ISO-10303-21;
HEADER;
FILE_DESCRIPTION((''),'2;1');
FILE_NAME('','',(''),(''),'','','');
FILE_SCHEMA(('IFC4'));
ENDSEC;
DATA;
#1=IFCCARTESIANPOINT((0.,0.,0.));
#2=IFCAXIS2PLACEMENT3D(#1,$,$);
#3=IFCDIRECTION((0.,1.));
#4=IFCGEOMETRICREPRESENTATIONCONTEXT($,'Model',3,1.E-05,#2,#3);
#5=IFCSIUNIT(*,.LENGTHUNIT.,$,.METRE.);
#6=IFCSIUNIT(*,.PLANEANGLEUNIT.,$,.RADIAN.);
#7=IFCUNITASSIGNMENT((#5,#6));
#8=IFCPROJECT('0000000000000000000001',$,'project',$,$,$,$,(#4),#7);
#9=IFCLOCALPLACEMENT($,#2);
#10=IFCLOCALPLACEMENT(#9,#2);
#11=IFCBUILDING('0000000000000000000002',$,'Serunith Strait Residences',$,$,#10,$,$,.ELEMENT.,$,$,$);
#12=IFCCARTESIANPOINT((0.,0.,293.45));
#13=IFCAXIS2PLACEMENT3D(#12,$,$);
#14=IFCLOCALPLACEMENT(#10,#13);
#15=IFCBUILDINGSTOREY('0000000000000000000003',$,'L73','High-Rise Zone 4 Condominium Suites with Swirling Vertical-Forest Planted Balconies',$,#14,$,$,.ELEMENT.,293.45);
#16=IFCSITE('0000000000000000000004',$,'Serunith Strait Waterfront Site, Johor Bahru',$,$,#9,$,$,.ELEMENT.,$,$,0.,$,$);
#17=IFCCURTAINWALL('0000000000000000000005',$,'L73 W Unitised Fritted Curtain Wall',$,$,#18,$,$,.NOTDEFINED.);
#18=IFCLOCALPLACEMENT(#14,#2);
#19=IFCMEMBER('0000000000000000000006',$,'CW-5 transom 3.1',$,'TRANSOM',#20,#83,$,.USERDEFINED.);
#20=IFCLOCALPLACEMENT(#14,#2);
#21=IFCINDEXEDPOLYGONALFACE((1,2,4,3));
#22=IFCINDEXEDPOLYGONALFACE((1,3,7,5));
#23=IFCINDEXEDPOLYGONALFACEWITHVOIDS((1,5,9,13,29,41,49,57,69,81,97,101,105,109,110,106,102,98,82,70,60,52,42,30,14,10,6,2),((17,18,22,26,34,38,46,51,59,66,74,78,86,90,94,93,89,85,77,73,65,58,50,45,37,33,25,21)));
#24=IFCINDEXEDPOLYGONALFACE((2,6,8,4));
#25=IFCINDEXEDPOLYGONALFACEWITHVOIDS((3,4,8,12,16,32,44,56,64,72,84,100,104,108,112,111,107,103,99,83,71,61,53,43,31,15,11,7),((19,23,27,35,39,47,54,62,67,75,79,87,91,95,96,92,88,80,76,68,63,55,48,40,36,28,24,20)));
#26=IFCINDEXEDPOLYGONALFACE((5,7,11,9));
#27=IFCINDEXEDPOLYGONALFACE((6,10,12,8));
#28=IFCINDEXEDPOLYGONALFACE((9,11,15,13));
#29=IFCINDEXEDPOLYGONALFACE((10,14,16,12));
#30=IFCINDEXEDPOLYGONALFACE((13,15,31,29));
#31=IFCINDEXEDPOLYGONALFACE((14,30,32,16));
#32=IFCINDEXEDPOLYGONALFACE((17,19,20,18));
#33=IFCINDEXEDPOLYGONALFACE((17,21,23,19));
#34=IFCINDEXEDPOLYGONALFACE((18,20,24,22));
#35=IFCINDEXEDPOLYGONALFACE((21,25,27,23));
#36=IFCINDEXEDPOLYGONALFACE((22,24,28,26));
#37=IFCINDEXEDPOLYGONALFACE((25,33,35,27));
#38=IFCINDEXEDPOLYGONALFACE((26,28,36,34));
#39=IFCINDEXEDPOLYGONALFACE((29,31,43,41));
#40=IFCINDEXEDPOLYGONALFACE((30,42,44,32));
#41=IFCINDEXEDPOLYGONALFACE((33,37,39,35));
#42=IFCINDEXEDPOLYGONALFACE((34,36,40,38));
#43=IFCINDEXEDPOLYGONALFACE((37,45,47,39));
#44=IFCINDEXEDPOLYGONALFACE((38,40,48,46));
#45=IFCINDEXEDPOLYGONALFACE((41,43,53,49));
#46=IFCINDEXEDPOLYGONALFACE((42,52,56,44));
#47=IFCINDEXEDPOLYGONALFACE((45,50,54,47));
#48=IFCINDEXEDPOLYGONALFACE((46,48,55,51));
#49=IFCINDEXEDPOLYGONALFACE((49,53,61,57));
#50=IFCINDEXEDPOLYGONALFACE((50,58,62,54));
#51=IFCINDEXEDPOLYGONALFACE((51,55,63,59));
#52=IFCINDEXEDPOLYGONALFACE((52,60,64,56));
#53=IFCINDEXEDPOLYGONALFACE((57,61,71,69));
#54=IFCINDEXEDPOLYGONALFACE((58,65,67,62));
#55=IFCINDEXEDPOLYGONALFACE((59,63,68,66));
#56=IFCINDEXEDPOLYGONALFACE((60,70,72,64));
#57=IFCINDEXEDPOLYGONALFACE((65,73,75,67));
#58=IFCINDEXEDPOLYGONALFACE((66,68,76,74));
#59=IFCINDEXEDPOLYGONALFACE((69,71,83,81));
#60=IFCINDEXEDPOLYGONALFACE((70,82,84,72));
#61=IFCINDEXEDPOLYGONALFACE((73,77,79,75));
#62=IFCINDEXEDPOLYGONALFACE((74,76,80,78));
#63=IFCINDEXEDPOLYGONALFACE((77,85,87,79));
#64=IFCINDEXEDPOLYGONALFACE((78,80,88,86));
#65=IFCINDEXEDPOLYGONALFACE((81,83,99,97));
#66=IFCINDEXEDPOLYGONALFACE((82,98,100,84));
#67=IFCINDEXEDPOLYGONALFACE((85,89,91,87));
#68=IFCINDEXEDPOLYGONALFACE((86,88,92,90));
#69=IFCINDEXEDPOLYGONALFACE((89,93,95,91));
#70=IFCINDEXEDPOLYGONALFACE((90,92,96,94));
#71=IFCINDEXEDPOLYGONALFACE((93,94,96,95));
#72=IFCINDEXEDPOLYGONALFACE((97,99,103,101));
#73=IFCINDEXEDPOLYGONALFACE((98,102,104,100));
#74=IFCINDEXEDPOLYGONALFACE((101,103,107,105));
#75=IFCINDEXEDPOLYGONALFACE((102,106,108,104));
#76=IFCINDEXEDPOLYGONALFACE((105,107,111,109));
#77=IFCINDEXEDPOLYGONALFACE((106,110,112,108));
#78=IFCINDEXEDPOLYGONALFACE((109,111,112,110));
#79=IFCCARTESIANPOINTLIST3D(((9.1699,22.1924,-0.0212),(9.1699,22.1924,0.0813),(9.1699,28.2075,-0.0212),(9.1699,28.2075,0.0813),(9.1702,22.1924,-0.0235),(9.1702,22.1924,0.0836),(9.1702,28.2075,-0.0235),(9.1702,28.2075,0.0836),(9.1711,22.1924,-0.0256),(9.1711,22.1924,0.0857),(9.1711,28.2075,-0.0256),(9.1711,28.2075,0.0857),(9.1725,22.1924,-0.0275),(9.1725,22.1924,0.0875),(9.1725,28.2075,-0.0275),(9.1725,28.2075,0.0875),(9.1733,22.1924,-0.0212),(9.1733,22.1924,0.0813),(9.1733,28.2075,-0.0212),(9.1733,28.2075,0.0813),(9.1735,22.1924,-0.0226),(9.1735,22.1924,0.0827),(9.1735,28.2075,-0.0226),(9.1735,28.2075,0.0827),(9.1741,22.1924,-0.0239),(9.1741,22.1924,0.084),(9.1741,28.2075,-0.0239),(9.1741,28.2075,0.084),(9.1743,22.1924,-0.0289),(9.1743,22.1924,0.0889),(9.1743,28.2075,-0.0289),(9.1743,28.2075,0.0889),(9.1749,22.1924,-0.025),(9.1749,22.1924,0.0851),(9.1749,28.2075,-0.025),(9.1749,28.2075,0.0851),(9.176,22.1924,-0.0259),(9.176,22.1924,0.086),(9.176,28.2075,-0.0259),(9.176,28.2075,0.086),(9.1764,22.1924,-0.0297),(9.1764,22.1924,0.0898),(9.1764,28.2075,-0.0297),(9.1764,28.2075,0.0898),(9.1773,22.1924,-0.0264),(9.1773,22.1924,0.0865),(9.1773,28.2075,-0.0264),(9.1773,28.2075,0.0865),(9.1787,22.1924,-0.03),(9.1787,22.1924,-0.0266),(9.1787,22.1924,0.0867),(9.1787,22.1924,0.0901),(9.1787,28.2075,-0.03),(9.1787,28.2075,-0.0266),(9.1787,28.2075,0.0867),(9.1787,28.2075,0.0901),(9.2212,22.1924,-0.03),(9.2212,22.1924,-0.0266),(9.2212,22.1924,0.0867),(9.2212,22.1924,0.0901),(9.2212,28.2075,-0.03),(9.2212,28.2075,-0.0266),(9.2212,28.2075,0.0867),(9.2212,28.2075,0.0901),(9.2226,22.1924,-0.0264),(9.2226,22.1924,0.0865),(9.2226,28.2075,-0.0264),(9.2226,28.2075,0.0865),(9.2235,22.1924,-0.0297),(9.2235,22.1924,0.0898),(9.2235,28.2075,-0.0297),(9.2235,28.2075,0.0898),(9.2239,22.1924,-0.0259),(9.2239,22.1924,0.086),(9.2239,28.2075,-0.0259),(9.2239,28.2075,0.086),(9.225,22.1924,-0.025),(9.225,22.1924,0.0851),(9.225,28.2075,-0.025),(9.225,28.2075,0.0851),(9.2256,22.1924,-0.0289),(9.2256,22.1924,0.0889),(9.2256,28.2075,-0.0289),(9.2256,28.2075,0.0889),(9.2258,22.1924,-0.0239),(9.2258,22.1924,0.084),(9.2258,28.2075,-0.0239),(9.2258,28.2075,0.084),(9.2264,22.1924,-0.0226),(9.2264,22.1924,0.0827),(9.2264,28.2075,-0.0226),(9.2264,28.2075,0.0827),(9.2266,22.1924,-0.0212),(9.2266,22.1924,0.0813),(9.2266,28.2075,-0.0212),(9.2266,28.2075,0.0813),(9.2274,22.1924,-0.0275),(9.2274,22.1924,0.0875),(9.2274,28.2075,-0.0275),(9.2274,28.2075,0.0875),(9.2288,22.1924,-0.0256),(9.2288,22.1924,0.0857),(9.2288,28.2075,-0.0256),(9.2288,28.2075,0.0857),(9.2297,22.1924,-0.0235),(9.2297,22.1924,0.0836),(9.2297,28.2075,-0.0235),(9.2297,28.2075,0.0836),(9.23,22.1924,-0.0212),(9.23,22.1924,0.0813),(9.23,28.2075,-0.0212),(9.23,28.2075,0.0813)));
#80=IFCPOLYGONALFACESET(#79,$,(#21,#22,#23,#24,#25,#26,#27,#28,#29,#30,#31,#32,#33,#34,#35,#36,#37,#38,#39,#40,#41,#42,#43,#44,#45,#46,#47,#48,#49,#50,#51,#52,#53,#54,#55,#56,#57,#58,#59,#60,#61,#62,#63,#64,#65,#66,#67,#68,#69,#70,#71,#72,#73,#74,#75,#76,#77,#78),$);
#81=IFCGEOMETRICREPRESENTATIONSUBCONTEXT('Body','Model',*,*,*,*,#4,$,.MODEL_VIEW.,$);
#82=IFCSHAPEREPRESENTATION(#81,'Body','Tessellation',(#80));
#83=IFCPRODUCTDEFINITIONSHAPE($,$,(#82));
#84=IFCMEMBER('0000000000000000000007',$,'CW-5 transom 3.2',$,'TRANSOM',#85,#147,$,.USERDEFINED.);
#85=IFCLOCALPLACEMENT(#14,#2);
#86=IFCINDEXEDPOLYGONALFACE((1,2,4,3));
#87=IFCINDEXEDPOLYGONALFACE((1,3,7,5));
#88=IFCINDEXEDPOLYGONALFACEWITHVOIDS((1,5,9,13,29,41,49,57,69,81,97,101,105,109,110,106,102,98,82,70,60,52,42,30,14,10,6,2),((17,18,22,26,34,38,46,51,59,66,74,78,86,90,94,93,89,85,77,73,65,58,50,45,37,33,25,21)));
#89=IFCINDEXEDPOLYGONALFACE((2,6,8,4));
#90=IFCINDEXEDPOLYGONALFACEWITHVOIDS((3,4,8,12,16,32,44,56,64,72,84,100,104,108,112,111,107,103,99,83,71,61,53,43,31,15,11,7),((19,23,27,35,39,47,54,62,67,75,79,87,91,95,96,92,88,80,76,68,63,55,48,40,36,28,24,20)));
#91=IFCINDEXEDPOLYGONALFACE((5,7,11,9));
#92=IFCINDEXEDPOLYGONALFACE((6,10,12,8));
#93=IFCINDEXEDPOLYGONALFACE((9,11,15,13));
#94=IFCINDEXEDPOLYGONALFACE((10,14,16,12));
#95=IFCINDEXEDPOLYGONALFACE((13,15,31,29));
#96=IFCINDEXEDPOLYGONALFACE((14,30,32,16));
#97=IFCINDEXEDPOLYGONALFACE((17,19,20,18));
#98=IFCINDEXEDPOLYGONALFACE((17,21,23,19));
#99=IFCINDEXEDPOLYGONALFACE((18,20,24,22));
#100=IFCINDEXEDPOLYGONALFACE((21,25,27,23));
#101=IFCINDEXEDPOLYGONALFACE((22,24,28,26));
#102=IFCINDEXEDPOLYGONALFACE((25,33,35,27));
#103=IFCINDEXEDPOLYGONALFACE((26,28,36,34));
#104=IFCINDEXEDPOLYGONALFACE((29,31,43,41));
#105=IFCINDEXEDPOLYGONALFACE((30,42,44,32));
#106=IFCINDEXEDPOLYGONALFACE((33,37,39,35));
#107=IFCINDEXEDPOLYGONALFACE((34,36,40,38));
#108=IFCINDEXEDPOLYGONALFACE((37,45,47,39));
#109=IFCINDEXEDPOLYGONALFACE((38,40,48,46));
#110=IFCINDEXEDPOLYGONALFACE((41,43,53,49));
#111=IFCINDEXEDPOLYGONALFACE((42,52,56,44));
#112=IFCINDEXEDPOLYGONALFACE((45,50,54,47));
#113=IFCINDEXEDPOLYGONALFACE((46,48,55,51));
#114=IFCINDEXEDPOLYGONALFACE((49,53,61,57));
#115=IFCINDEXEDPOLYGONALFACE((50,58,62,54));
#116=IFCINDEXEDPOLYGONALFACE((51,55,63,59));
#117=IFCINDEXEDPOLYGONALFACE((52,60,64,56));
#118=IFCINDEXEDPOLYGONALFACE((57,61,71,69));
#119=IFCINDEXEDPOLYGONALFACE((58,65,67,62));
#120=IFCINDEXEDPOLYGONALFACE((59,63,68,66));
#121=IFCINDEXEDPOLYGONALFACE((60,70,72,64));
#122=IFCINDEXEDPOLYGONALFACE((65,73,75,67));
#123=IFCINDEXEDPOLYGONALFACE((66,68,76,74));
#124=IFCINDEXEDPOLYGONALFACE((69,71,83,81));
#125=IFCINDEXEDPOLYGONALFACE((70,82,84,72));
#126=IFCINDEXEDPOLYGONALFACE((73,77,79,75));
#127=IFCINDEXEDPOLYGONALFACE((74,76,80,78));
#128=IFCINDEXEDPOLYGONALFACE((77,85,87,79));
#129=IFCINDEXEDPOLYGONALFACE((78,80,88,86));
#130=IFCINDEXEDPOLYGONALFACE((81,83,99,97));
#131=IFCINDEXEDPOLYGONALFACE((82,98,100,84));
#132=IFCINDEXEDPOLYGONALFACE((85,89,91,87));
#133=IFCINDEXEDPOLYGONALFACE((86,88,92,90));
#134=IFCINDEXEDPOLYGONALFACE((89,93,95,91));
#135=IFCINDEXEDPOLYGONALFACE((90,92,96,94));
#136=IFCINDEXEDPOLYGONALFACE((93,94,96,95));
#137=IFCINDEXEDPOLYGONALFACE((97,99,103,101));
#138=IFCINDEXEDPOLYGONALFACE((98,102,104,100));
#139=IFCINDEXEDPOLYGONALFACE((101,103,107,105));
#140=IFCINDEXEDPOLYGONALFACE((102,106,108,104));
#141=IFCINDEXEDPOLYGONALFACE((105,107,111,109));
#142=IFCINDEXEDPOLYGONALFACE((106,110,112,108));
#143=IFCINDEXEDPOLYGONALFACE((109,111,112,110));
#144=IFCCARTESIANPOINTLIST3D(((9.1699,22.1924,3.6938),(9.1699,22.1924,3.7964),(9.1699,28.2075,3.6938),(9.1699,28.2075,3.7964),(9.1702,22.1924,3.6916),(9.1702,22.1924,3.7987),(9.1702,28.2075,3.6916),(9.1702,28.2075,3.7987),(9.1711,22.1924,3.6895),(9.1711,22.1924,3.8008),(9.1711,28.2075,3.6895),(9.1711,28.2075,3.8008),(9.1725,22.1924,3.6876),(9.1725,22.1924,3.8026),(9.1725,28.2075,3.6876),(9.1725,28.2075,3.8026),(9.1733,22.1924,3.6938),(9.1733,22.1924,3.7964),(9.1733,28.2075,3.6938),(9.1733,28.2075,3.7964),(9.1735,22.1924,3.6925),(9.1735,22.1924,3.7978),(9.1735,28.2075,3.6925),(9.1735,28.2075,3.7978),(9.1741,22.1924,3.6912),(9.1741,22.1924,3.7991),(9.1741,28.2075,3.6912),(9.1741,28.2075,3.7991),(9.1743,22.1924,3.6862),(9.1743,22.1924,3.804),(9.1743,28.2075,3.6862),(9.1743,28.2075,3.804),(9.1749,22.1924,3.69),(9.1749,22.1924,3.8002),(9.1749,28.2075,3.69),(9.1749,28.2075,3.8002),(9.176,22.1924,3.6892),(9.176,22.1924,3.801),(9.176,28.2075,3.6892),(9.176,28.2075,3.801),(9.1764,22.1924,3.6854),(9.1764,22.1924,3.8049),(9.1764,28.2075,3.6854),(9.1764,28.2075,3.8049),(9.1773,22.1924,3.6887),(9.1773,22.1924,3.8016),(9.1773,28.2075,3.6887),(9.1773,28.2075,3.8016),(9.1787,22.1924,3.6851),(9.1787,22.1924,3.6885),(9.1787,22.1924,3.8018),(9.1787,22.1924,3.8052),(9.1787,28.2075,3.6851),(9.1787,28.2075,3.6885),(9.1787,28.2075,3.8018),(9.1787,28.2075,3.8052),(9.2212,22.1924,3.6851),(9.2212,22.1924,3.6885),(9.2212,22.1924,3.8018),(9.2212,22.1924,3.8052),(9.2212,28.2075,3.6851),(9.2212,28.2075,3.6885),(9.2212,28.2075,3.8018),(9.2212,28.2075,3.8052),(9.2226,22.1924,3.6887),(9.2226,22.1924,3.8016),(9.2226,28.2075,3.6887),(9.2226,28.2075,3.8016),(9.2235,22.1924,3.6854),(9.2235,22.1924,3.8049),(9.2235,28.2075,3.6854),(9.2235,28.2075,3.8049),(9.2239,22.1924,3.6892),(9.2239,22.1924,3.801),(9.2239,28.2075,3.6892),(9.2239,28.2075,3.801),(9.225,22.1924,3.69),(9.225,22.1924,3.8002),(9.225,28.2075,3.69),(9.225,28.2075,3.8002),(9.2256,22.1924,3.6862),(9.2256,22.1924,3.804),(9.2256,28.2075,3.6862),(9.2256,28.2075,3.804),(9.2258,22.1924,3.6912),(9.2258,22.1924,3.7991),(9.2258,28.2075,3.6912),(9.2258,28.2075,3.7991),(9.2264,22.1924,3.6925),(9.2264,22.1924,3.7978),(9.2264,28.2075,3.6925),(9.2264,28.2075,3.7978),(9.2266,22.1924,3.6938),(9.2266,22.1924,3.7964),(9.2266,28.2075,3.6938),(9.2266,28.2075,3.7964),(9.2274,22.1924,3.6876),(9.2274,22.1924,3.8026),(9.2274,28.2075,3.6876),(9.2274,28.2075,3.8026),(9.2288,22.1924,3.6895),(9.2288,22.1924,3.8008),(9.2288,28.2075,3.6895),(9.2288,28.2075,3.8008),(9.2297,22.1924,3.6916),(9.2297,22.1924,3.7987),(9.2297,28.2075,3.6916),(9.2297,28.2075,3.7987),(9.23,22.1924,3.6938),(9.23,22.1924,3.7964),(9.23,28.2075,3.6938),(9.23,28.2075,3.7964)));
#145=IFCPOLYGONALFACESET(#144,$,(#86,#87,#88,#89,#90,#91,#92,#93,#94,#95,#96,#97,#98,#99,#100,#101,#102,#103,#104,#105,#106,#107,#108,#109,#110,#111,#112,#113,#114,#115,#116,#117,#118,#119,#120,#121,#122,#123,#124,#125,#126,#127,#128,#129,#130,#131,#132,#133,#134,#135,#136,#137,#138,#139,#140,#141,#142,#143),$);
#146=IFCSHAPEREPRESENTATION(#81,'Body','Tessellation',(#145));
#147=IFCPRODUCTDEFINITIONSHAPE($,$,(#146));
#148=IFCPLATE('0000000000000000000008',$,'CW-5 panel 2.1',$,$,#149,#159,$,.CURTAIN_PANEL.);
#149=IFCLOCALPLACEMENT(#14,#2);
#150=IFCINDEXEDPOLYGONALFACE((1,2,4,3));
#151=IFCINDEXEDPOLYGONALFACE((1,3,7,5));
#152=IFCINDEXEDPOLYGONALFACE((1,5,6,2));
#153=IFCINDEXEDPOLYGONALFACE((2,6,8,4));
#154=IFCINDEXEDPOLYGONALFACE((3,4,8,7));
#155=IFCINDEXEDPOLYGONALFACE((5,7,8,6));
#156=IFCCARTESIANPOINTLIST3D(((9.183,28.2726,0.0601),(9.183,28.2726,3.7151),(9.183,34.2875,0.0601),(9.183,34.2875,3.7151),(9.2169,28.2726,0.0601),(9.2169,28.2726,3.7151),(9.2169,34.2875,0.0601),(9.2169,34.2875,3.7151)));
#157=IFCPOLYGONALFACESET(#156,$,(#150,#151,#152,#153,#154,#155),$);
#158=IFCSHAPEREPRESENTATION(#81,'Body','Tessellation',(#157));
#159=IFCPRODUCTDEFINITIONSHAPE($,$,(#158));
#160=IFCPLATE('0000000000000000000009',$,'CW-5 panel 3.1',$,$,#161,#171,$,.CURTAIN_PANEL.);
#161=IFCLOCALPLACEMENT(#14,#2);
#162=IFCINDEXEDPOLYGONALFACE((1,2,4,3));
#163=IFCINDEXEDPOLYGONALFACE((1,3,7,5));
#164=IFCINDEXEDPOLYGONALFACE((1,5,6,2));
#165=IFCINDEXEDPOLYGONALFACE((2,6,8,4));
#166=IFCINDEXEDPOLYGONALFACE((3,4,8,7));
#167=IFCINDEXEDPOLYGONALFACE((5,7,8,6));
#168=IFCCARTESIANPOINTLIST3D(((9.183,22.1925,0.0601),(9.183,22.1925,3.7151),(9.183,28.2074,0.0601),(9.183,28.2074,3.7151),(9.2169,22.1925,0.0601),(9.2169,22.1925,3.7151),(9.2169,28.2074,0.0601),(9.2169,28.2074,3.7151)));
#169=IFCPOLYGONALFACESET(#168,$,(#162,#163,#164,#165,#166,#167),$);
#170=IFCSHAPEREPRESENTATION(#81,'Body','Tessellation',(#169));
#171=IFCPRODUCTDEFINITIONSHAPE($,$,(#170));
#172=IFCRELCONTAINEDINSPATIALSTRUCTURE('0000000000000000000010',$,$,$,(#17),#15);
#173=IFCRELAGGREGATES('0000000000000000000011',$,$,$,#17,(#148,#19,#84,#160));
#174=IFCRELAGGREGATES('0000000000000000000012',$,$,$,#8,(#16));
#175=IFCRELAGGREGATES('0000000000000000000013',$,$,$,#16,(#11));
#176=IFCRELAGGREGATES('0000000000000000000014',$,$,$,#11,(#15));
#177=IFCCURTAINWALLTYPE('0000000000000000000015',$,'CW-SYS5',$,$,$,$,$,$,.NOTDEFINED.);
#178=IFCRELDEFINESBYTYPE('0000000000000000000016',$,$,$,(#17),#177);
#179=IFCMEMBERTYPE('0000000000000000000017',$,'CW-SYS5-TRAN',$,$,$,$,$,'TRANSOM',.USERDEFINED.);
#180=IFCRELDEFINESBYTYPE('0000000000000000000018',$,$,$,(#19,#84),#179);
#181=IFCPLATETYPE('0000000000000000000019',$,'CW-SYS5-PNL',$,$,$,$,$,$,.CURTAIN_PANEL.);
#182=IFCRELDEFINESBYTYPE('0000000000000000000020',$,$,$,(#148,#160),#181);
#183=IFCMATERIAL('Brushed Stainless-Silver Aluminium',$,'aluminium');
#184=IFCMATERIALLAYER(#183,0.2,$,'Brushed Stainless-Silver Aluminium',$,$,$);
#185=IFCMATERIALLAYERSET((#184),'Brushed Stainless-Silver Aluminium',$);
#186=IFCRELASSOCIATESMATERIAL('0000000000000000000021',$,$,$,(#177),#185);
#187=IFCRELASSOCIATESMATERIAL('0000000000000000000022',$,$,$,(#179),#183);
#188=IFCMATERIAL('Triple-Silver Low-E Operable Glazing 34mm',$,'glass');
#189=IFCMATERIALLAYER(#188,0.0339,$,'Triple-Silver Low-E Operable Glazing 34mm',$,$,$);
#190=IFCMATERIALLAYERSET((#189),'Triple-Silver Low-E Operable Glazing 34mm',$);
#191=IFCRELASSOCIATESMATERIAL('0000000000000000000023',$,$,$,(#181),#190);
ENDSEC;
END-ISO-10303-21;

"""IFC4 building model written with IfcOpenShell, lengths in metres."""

from ifc_helpers import new_model, si_unit, direction, frame, origin, origin_2d, place, context, subcontext, project, spatial, rectangle, hollow_rectangle, extrude, source, transform, mapped, material, layer, layer_set, material_profile, profile_set, type_object, element, aggregate, save


model = new_model("IFC4")

# Units and contexts
model_context = context("Model", 3, precision=1e-05, world=origin(), true_north=direction((0.0, 1.0)))
body_context = subcontext(model_context, "Body", "Model", "MODEL_VIEW")
ifc_project = project(units=[si_unit("LENGTHUNIT", "METRE"), si_unit("PLANEANGLEUNIT", "RADIAN")], contexts=[model_context])

# Site, building, storey
site_placement = place(None, origin())
site = spatial("IfcSite", under=ifc_project, at=site_placement, Name="Serunith Strait Waterfront Site, Johor Bahru", CompositionType="ELEMENT", RefElevation=0.0)
building_placement = place(site_placement, origin())
building = spatial("IfcBuilding", under=site, at=building_placement, Name="Serunith Strait Residences", CompositionType="ELEMENT")
storey_placement = place(building_placement, frame((0.0, 0.0, 293.45)))
storey = spatial("IfcBuildingStorey", under=building, at=storey_placement, Name="L73", Description="High-Rise Zone 4 Condominium Suites with Swirling Vertical-Forest Planted Balconies", CompositionType="ELEMENT", Elevation=293.45)

# Curtain wall, members, plates
ifc_material_1 = material(Name="Brushed Stainless-Silver Aluminium", Category="aluminium")
ifc_layer_1 = layer(ifc_material_1, 0.2, Name="Brushed Stainless-Silver Aluminium")
ifc_layer_set_1 = layer_set([ifc_layer_1], Name="Brushed Stainless-Silver Aluminium")
curtain_wall_type = type_object("IfcCurtainWallType", Name="CW-SYS5", PredefinedType="NOTDEFINED", material=ifc_layer_set_1)
curtain_wall_placement = place(storey_placement, origin())
curtain_wall = element("IfcCurtainWall", 1, at=curtain_wall_placement, inside=storey, type_object=curtain_wall_type, Name="L73 W Unitised Fritted Curtain Wall", PredefinedType="NOTDEFINED")
ifc_material_profile_1 = material_profile(ifc_material_1, hollow_rectangle(XDim=0.0601, YDim=0.1201, WallThickness=0.0034, InnerFilletRadius=0.0054, OuterFilletRadius=0.0088, at=origin_2d()), Name="ALU 120x60x3.5")
ifc_profile_set_1 = profile_set([ifc_material_profile_1], Name="Brushed Stainless-Silver Aluminium")
member_type_1 = type_object("IfcMemberType", Name="CW-SYS5-TRAN", ElementType="TRANSOM", PredefinedType="USERDEFINED", material=ifc_profile_set_1)
shared_shape_1 = source(origin(), body_context, "Body", "SweptSolid", [
    extrude(hollow_rectangle(XDim=0.0601, YDim=0.1201, WallThickness=0.0034, InnerFilletRadius=0.0054, OuterFilletRadius=0.0088, at=origin_2d()), origin(), (0.0, 0.0, 1.0), 6.0151),
])
member_1_placement = place(storey_placement, frame((9.2, 28.2075, 0.03), z_axis=(0.0, -1.0, 0.0), x_axis=(1.0, 0.0, 0.0)))
member_1 = element("IfcMember", 2, at=member_1_placement, type_object=member_type_1, Name="CW-5 transom 3.1", ObjectType="TRANSOM", PredefinedType="USERDEFINED", context=body_context, shape_type="MappedRepresentation", body=[
    mapped(shared_shape_1, transform((0.0, 0.0, 0.0), scale=1.0)),
])
member_2_placement = place(storey_placement, frame((9.2, 28.2075, 3.7451), z_axis=(0.0, -1.0, 0.0), x_axis=(1.0, 0.0, 0.0)))
member_2 = element("IfcMember", 3, at=member_2_placement, type_object=member_type_1, Name="CW-5 transom 3.2", ObjectType="TRANSOM", PredefinedType="USERDEFINED", context=body_context, shape_type="MappedRepresentation", body=[
    mapped(shared_shape_1, transform((0.0, 0.0, 0.0), scale=1.0)),
])
ifc_material_2 = material(Name="Triple-Silver Low-E Operable Glazing 34mm", Category="glass")
ifc_layer_2 = layer(ifc_material_2, 0.0339, Name="Triple-Silver Low-E Operable Glazing 34mm")
ifc_layer_set_2 = layer_set([ifc_layer_2], Name="Triple-Silver Low-E Operable Glazing 34mm")
plate_type = type_object("IfcPlateType", Name="CW-SYS5-PNL", PredefinedType="CURTAIN_PANEL", material=ifc_layer_set_2)
shared_shape_2 = source(origin(), body_context, "Body", "SweptSolid", [
    extrude(rectangle(XDim=6.0149, YDim=0.0339, at=origin_2d()), origin(), (0.0, 0.0, 1.0), 3.655),
])
plate_1_placement = place(storey_placement, frame((9.2, 31.28, 0.0601), z_axis=(0.0, 0.0, 1.0), x_axis=(0.0, -1.0, 0.0)))
plate_1 = element("IfcPlate", 4, at=plate_1_placement, type_object=plate_type, Name="CW-5 panel 2.1", PredefinedType="CURTAIN_PANEL", context=body_context, shape_type="MappedRepresentation", body=[
    mapped(shared_shape_2, transform((0.0, 0.0, 0.0), scale=1.0)),
])
plate_2_placement = place(storey_placement, frame((9.2, 25.2, 0.0601), z_axis=(0.0, 0.0, 1.0), x_axis=(0.0, -1.0, 0.0)))
plate_2 = element("IfcPlate", 5, at=plate_2_placement, type_object=plate_type, Name="CW-5 panel 3.1", PredefinedType="CURTAIN_PANEL", context=body_context, shape_type="MappedRepresentation", body=[
    mapped(shared_shape_2, transform((0.0, 0.0, 0.0), scale=1.0)),
])
aggregate(curtain_wall, [plate_1, member_1, member_2, plate_2])

save(model, "model.ifc")
